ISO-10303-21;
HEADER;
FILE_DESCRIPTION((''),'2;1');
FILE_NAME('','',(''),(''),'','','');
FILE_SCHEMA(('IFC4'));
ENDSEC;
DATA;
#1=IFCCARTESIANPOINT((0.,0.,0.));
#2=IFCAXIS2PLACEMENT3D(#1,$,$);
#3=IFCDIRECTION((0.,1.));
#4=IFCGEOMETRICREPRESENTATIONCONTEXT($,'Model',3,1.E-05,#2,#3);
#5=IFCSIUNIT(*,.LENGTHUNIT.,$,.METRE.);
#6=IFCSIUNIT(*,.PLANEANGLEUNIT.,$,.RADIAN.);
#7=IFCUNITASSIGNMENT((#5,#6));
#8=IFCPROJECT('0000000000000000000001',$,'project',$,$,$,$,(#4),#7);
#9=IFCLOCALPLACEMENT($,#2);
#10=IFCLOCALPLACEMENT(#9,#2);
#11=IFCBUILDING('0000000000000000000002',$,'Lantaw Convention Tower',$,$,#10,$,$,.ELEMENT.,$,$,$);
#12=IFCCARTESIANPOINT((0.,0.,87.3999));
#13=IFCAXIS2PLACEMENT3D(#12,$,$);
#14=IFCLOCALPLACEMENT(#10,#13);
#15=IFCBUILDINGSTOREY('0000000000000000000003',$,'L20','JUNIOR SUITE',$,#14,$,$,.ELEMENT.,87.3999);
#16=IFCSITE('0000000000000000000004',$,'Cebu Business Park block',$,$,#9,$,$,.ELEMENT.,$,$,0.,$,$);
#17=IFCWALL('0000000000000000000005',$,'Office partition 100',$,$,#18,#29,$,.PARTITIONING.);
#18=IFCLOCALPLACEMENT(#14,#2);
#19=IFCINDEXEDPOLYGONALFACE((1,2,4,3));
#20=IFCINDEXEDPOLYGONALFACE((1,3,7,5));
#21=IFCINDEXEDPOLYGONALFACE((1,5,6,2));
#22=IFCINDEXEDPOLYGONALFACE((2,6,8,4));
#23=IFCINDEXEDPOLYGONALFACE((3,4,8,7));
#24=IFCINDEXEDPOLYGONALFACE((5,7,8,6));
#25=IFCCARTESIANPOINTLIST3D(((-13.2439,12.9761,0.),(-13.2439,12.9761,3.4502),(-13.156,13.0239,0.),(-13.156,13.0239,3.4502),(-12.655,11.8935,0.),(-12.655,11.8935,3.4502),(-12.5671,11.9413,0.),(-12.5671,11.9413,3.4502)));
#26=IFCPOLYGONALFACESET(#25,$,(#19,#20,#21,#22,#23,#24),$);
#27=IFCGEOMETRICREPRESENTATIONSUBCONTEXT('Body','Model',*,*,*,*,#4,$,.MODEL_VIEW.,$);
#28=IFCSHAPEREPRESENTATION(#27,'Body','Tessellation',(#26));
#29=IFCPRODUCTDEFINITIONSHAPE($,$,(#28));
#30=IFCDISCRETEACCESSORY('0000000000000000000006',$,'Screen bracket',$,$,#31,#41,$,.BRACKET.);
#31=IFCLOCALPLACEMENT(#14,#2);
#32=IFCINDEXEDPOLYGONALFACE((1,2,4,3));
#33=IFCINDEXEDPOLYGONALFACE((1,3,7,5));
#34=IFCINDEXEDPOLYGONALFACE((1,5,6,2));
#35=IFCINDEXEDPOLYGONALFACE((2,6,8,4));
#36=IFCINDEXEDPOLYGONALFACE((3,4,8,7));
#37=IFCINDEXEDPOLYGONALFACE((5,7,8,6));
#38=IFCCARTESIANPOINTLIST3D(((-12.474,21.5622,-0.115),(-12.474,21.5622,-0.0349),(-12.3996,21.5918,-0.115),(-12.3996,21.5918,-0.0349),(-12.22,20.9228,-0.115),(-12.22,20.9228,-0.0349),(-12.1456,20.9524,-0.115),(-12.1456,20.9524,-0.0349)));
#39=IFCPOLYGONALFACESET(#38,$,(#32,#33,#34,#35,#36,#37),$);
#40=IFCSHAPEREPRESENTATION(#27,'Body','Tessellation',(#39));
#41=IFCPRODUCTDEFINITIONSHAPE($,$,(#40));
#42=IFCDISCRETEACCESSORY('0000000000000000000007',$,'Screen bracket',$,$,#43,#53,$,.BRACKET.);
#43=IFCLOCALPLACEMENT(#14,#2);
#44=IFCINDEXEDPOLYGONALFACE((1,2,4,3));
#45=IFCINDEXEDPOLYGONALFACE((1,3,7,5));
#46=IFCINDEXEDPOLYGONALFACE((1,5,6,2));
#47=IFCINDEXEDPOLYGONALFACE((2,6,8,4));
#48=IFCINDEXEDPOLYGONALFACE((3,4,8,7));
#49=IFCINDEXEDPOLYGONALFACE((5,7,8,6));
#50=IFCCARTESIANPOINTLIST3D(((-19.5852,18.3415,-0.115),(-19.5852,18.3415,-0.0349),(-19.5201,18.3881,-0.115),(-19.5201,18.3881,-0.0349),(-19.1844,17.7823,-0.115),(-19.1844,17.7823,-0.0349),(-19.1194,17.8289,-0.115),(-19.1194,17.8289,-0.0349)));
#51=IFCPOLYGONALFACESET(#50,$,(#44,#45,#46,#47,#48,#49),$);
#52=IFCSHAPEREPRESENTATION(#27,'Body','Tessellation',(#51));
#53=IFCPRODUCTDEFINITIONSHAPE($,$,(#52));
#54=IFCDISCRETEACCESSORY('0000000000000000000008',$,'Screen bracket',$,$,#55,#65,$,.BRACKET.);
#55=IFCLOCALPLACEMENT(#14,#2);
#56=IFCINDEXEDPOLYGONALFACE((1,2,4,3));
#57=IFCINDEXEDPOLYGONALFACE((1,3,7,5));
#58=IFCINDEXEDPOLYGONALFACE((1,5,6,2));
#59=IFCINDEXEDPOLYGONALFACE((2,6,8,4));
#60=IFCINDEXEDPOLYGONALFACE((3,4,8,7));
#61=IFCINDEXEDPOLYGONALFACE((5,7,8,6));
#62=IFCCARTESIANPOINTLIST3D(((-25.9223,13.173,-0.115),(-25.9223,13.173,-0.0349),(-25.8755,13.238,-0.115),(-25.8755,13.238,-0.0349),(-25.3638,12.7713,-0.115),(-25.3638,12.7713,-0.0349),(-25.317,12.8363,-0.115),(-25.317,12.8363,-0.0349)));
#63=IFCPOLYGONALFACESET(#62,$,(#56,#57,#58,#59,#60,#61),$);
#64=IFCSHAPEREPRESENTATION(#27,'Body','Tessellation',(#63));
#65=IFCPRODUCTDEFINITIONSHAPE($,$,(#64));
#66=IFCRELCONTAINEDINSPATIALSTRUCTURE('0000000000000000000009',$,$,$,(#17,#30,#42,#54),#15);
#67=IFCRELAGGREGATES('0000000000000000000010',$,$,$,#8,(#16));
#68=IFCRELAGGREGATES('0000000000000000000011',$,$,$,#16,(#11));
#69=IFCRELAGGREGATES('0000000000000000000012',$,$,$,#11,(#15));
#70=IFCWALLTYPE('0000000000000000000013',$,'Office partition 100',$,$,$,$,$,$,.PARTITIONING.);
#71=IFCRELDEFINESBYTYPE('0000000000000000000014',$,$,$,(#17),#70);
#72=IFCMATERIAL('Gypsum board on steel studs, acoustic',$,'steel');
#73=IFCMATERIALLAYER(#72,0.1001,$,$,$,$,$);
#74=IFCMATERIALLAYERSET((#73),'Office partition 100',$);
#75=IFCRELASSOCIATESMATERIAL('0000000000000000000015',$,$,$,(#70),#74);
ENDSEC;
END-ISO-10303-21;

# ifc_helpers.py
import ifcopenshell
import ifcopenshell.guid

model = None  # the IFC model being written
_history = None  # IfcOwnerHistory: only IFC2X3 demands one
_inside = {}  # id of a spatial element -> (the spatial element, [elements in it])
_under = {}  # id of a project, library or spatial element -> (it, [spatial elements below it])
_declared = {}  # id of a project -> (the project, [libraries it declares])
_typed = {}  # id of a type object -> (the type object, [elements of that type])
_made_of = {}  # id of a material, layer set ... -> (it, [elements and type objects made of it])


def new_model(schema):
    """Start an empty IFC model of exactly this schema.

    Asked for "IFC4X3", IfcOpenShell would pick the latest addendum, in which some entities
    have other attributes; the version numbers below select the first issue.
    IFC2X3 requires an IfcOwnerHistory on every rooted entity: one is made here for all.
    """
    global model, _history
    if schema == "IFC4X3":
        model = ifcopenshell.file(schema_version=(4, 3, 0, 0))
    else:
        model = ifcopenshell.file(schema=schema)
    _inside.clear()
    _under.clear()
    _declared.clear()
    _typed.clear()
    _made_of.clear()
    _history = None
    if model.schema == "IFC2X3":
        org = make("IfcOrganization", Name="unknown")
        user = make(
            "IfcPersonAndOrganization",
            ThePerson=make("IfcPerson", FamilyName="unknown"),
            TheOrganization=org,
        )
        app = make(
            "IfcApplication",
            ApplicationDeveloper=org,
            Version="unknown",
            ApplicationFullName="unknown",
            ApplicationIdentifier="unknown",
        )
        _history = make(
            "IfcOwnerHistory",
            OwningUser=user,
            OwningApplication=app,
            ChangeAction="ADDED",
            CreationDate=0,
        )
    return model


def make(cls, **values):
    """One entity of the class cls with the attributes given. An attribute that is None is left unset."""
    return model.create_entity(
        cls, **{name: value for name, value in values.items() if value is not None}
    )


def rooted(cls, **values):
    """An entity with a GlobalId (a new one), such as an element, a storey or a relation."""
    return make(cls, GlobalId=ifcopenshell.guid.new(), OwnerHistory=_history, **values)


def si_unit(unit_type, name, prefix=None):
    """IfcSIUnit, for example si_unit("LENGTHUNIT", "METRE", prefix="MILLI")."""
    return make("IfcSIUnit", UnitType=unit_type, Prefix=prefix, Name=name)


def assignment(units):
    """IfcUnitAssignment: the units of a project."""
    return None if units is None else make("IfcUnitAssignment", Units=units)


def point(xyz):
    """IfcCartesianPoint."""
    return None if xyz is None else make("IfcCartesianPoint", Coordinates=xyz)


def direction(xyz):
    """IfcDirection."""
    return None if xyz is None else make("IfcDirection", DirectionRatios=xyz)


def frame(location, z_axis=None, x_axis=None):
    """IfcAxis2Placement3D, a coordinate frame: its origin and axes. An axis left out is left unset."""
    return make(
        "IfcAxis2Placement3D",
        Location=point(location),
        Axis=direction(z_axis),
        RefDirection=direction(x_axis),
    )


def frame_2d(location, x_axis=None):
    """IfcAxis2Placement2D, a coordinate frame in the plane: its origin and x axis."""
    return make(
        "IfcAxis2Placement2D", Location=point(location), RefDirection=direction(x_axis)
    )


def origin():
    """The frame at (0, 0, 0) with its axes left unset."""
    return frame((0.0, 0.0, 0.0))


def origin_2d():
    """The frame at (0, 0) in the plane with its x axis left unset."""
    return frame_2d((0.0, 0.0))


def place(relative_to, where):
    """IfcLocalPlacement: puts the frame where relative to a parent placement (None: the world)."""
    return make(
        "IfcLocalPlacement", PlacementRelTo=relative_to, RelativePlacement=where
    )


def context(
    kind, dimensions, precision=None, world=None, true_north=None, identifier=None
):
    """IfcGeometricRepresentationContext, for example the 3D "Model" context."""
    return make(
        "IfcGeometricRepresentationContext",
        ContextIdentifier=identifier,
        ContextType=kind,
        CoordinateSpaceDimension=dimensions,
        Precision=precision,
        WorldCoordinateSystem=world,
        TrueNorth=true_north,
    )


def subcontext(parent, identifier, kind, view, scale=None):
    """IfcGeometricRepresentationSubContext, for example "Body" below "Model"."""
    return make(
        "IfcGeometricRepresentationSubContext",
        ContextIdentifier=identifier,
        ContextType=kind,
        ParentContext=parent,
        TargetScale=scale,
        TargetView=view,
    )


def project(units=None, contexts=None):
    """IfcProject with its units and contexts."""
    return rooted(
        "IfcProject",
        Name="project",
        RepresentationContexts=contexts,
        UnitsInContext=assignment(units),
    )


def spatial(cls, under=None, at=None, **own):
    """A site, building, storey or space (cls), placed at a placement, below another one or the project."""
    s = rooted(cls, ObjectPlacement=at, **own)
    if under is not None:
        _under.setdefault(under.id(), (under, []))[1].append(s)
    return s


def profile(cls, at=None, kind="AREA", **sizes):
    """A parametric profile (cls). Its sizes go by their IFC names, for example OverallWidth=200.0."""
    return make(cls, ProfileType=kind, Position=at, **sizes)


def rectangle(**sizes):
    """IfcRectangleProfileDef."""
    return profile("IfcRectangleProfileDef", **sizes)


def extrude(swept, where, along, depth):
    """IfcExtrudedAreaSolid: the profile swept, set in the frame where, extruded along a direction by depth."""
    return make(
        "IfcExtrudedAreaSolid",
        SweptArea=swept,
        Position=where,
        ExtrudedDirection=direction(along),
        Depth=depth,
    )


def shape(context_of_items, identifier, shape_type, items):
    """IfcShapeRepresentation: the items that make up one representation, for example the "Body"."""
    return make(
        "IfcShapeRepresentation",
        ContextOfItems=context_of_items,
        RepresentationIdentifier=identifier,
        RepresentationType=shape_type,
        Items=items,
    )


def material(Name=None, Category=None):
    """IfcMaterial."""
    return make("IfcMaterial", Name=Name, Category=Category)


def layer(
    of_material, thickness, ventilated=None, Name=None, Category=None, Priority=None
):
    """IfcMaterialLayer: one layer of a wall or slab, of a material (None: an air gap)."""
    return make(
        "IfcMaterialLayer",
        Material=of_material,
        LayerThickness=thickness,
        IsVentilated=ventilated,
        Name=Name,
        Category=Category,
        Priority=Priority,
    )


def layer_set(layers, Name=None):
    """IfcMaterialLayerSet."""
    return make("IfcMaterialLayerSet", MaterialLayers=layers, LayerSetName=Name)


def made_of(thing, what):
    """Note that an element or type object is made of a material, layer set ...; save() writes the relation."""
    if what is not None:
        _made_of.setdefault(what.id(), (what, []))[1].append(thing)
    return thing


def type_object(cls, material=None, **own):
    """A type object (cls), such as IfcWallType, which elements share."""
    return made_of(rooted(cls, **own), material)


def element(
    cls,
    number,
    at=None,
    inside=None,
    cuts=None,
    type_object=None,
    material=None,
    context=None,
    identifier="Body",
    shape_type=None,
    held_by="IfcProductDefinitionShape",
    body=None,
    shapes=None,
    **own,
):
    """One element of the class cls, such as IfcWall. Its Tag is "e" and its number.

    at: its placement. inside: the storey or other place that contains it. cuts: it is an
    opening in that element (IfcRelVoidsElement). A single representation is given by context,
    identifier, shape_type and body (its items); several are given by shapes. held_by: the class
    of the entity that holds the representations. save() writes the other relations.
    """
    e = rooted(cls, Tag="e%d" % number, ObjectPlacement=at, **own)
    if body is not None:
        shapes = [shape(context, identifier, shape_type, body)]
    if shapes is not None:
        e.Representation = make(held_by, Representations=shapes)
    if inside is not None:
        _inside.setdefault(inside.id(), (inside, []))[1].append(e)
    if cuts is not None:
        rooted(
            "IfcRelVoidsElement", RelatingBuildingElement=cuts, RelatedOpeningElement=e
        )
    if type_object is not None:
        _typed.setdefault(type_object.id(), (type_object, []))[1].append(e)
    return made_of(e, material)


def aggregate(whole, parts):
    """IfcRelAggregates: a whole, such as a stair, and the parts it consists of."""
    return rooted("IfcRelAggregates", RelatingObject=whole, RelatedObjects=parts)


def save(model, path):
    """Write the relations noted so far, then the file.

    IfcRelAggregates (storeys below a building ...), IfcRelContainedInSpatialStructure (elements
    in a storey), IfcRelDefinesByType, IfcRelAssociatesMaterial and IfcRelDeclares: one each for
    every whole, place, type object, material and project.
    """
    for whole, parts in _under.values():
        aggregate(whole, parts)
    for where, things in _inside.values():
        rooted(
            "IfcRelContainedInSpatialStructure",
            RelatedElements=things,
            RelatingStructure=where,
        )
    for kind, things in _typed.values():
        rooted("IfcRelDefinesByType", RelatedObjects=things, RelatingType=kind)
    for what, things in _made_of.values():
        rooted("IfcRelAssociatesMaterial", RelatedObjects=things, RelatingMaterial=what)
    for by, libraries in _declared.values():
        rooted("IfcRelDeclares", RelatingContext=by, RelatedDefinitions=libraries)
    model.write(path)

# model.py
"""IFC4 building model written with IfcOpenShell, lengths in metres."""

from ifc_helpers import new_model, si_unit, direction, frame, frame_2d, origin, origin_2d, place, context, subcontext, project, spatial, rectangle, extrude, material, layer, layer_set, type_object, element, save


model = new_model("IFC4")

# Units and contexts
model_context = context("Model", 3, precision=1e-05, world=origin(), true_north=direction((0.0, 1.0)))
body_context = subcontext(model_context, "Body", "Model", "MODEL_VIEW")
ifc_project = project(units=[si_unit("LENGTHUNIT", "METRE"), si_unit("PLANEANGLEUNIT", "RADIAN")], contexts=[model_context])

# Site, building, storey
site_placement = place(None, origin())
site = spatial("IfcSite", under=ifc_project, at=site_placement, Name="Cebu Business Park block", CompositionType="ELEMENT", RefElevation=0.0)
building_placement = place(site_placement, origin())
building = spatial("IfcBuilding", under=site, at=building_placement, Name="Lantaw Convention Tower", CompositionType="ELEMENT")
storey_placement = place(building_placement, frame((0.0, 0.0, 87.3999)))
storey = spatial("IfcBuildingStorey", under=building, at=storey_placement, Name="L20", Description="JUNIOR SUITE", CompositionType="ELEMENT", Elevation=87.3999)

# Wall
ifc_material_1 = material(Name="Gypsum board on steel studs, acoustic", Category="steel")
ifc_layer_1 = layer(ifc_material_1, 0.1001)
ifc_layer_set_1 = layer_set([ifc_layer_1], Name="Office partition 100")
wall_type_1 = type_object("IfcWallType", Name="Office partition 100", PredefinedType="PARTITIONING", material=ifc_layer_set_1)
wall_1_placement = place(storey_placement, frame((-13.2, 13.0, 0.0), z_axis=(0.0, 0.0, 1.0), x_axis=(0.477852, -0.87844, 0.0)))
element("IfcWall", 1, at=wall_1_placement, inside=storey, type_object=wall_type_1, Name="Office partition 100", PredefinedType="PARTITIONING", context=body_context, shape_type="SweptSolid", body=[
    extrude(rectangle(XDim=1.2324, YDim=0.1001, at=frame_2d((0.6162, 0.0))), origin(), (0.0, 0.0, 1.0), 3.4502),
])

# Discrete accessories
for number, where, z_axis, x_axis, name in (
    (2, (-12.3098, 21.2573, -0.115), (0.0, 0.0, 1.0), (-0.929361, -0.369172, 0.0), "Screen bracket"),
    (3, (-19.3523, 18.0852, -0.115), (0.0, 0.0, 1.0), (-0.812804, -0.582538, 0.0), "Screen bracket"),
    (4, (-25.6196, 13.0046, -0.115), (0.0, 0.0, 1.0), (-0.583951, -0.811789, 0.0), "Screen bracket"),
):
    element("IfcDiscreteAccessory", number, at=place(storey_placement, frame(where, z_axis=z_axis, x_axis=x_axis)), inside=storey, Name=name, PredefinedType="BRACKET", context=body_context, shape_type="SweptSolid", body=[
        extrude(rectangle(XDim=0.0801, YDim=0.688, at=origin_2d()), origin(), (0.0, 0.0, 1.0), 0.0801),
    ])

save(model, "model.ifc")
